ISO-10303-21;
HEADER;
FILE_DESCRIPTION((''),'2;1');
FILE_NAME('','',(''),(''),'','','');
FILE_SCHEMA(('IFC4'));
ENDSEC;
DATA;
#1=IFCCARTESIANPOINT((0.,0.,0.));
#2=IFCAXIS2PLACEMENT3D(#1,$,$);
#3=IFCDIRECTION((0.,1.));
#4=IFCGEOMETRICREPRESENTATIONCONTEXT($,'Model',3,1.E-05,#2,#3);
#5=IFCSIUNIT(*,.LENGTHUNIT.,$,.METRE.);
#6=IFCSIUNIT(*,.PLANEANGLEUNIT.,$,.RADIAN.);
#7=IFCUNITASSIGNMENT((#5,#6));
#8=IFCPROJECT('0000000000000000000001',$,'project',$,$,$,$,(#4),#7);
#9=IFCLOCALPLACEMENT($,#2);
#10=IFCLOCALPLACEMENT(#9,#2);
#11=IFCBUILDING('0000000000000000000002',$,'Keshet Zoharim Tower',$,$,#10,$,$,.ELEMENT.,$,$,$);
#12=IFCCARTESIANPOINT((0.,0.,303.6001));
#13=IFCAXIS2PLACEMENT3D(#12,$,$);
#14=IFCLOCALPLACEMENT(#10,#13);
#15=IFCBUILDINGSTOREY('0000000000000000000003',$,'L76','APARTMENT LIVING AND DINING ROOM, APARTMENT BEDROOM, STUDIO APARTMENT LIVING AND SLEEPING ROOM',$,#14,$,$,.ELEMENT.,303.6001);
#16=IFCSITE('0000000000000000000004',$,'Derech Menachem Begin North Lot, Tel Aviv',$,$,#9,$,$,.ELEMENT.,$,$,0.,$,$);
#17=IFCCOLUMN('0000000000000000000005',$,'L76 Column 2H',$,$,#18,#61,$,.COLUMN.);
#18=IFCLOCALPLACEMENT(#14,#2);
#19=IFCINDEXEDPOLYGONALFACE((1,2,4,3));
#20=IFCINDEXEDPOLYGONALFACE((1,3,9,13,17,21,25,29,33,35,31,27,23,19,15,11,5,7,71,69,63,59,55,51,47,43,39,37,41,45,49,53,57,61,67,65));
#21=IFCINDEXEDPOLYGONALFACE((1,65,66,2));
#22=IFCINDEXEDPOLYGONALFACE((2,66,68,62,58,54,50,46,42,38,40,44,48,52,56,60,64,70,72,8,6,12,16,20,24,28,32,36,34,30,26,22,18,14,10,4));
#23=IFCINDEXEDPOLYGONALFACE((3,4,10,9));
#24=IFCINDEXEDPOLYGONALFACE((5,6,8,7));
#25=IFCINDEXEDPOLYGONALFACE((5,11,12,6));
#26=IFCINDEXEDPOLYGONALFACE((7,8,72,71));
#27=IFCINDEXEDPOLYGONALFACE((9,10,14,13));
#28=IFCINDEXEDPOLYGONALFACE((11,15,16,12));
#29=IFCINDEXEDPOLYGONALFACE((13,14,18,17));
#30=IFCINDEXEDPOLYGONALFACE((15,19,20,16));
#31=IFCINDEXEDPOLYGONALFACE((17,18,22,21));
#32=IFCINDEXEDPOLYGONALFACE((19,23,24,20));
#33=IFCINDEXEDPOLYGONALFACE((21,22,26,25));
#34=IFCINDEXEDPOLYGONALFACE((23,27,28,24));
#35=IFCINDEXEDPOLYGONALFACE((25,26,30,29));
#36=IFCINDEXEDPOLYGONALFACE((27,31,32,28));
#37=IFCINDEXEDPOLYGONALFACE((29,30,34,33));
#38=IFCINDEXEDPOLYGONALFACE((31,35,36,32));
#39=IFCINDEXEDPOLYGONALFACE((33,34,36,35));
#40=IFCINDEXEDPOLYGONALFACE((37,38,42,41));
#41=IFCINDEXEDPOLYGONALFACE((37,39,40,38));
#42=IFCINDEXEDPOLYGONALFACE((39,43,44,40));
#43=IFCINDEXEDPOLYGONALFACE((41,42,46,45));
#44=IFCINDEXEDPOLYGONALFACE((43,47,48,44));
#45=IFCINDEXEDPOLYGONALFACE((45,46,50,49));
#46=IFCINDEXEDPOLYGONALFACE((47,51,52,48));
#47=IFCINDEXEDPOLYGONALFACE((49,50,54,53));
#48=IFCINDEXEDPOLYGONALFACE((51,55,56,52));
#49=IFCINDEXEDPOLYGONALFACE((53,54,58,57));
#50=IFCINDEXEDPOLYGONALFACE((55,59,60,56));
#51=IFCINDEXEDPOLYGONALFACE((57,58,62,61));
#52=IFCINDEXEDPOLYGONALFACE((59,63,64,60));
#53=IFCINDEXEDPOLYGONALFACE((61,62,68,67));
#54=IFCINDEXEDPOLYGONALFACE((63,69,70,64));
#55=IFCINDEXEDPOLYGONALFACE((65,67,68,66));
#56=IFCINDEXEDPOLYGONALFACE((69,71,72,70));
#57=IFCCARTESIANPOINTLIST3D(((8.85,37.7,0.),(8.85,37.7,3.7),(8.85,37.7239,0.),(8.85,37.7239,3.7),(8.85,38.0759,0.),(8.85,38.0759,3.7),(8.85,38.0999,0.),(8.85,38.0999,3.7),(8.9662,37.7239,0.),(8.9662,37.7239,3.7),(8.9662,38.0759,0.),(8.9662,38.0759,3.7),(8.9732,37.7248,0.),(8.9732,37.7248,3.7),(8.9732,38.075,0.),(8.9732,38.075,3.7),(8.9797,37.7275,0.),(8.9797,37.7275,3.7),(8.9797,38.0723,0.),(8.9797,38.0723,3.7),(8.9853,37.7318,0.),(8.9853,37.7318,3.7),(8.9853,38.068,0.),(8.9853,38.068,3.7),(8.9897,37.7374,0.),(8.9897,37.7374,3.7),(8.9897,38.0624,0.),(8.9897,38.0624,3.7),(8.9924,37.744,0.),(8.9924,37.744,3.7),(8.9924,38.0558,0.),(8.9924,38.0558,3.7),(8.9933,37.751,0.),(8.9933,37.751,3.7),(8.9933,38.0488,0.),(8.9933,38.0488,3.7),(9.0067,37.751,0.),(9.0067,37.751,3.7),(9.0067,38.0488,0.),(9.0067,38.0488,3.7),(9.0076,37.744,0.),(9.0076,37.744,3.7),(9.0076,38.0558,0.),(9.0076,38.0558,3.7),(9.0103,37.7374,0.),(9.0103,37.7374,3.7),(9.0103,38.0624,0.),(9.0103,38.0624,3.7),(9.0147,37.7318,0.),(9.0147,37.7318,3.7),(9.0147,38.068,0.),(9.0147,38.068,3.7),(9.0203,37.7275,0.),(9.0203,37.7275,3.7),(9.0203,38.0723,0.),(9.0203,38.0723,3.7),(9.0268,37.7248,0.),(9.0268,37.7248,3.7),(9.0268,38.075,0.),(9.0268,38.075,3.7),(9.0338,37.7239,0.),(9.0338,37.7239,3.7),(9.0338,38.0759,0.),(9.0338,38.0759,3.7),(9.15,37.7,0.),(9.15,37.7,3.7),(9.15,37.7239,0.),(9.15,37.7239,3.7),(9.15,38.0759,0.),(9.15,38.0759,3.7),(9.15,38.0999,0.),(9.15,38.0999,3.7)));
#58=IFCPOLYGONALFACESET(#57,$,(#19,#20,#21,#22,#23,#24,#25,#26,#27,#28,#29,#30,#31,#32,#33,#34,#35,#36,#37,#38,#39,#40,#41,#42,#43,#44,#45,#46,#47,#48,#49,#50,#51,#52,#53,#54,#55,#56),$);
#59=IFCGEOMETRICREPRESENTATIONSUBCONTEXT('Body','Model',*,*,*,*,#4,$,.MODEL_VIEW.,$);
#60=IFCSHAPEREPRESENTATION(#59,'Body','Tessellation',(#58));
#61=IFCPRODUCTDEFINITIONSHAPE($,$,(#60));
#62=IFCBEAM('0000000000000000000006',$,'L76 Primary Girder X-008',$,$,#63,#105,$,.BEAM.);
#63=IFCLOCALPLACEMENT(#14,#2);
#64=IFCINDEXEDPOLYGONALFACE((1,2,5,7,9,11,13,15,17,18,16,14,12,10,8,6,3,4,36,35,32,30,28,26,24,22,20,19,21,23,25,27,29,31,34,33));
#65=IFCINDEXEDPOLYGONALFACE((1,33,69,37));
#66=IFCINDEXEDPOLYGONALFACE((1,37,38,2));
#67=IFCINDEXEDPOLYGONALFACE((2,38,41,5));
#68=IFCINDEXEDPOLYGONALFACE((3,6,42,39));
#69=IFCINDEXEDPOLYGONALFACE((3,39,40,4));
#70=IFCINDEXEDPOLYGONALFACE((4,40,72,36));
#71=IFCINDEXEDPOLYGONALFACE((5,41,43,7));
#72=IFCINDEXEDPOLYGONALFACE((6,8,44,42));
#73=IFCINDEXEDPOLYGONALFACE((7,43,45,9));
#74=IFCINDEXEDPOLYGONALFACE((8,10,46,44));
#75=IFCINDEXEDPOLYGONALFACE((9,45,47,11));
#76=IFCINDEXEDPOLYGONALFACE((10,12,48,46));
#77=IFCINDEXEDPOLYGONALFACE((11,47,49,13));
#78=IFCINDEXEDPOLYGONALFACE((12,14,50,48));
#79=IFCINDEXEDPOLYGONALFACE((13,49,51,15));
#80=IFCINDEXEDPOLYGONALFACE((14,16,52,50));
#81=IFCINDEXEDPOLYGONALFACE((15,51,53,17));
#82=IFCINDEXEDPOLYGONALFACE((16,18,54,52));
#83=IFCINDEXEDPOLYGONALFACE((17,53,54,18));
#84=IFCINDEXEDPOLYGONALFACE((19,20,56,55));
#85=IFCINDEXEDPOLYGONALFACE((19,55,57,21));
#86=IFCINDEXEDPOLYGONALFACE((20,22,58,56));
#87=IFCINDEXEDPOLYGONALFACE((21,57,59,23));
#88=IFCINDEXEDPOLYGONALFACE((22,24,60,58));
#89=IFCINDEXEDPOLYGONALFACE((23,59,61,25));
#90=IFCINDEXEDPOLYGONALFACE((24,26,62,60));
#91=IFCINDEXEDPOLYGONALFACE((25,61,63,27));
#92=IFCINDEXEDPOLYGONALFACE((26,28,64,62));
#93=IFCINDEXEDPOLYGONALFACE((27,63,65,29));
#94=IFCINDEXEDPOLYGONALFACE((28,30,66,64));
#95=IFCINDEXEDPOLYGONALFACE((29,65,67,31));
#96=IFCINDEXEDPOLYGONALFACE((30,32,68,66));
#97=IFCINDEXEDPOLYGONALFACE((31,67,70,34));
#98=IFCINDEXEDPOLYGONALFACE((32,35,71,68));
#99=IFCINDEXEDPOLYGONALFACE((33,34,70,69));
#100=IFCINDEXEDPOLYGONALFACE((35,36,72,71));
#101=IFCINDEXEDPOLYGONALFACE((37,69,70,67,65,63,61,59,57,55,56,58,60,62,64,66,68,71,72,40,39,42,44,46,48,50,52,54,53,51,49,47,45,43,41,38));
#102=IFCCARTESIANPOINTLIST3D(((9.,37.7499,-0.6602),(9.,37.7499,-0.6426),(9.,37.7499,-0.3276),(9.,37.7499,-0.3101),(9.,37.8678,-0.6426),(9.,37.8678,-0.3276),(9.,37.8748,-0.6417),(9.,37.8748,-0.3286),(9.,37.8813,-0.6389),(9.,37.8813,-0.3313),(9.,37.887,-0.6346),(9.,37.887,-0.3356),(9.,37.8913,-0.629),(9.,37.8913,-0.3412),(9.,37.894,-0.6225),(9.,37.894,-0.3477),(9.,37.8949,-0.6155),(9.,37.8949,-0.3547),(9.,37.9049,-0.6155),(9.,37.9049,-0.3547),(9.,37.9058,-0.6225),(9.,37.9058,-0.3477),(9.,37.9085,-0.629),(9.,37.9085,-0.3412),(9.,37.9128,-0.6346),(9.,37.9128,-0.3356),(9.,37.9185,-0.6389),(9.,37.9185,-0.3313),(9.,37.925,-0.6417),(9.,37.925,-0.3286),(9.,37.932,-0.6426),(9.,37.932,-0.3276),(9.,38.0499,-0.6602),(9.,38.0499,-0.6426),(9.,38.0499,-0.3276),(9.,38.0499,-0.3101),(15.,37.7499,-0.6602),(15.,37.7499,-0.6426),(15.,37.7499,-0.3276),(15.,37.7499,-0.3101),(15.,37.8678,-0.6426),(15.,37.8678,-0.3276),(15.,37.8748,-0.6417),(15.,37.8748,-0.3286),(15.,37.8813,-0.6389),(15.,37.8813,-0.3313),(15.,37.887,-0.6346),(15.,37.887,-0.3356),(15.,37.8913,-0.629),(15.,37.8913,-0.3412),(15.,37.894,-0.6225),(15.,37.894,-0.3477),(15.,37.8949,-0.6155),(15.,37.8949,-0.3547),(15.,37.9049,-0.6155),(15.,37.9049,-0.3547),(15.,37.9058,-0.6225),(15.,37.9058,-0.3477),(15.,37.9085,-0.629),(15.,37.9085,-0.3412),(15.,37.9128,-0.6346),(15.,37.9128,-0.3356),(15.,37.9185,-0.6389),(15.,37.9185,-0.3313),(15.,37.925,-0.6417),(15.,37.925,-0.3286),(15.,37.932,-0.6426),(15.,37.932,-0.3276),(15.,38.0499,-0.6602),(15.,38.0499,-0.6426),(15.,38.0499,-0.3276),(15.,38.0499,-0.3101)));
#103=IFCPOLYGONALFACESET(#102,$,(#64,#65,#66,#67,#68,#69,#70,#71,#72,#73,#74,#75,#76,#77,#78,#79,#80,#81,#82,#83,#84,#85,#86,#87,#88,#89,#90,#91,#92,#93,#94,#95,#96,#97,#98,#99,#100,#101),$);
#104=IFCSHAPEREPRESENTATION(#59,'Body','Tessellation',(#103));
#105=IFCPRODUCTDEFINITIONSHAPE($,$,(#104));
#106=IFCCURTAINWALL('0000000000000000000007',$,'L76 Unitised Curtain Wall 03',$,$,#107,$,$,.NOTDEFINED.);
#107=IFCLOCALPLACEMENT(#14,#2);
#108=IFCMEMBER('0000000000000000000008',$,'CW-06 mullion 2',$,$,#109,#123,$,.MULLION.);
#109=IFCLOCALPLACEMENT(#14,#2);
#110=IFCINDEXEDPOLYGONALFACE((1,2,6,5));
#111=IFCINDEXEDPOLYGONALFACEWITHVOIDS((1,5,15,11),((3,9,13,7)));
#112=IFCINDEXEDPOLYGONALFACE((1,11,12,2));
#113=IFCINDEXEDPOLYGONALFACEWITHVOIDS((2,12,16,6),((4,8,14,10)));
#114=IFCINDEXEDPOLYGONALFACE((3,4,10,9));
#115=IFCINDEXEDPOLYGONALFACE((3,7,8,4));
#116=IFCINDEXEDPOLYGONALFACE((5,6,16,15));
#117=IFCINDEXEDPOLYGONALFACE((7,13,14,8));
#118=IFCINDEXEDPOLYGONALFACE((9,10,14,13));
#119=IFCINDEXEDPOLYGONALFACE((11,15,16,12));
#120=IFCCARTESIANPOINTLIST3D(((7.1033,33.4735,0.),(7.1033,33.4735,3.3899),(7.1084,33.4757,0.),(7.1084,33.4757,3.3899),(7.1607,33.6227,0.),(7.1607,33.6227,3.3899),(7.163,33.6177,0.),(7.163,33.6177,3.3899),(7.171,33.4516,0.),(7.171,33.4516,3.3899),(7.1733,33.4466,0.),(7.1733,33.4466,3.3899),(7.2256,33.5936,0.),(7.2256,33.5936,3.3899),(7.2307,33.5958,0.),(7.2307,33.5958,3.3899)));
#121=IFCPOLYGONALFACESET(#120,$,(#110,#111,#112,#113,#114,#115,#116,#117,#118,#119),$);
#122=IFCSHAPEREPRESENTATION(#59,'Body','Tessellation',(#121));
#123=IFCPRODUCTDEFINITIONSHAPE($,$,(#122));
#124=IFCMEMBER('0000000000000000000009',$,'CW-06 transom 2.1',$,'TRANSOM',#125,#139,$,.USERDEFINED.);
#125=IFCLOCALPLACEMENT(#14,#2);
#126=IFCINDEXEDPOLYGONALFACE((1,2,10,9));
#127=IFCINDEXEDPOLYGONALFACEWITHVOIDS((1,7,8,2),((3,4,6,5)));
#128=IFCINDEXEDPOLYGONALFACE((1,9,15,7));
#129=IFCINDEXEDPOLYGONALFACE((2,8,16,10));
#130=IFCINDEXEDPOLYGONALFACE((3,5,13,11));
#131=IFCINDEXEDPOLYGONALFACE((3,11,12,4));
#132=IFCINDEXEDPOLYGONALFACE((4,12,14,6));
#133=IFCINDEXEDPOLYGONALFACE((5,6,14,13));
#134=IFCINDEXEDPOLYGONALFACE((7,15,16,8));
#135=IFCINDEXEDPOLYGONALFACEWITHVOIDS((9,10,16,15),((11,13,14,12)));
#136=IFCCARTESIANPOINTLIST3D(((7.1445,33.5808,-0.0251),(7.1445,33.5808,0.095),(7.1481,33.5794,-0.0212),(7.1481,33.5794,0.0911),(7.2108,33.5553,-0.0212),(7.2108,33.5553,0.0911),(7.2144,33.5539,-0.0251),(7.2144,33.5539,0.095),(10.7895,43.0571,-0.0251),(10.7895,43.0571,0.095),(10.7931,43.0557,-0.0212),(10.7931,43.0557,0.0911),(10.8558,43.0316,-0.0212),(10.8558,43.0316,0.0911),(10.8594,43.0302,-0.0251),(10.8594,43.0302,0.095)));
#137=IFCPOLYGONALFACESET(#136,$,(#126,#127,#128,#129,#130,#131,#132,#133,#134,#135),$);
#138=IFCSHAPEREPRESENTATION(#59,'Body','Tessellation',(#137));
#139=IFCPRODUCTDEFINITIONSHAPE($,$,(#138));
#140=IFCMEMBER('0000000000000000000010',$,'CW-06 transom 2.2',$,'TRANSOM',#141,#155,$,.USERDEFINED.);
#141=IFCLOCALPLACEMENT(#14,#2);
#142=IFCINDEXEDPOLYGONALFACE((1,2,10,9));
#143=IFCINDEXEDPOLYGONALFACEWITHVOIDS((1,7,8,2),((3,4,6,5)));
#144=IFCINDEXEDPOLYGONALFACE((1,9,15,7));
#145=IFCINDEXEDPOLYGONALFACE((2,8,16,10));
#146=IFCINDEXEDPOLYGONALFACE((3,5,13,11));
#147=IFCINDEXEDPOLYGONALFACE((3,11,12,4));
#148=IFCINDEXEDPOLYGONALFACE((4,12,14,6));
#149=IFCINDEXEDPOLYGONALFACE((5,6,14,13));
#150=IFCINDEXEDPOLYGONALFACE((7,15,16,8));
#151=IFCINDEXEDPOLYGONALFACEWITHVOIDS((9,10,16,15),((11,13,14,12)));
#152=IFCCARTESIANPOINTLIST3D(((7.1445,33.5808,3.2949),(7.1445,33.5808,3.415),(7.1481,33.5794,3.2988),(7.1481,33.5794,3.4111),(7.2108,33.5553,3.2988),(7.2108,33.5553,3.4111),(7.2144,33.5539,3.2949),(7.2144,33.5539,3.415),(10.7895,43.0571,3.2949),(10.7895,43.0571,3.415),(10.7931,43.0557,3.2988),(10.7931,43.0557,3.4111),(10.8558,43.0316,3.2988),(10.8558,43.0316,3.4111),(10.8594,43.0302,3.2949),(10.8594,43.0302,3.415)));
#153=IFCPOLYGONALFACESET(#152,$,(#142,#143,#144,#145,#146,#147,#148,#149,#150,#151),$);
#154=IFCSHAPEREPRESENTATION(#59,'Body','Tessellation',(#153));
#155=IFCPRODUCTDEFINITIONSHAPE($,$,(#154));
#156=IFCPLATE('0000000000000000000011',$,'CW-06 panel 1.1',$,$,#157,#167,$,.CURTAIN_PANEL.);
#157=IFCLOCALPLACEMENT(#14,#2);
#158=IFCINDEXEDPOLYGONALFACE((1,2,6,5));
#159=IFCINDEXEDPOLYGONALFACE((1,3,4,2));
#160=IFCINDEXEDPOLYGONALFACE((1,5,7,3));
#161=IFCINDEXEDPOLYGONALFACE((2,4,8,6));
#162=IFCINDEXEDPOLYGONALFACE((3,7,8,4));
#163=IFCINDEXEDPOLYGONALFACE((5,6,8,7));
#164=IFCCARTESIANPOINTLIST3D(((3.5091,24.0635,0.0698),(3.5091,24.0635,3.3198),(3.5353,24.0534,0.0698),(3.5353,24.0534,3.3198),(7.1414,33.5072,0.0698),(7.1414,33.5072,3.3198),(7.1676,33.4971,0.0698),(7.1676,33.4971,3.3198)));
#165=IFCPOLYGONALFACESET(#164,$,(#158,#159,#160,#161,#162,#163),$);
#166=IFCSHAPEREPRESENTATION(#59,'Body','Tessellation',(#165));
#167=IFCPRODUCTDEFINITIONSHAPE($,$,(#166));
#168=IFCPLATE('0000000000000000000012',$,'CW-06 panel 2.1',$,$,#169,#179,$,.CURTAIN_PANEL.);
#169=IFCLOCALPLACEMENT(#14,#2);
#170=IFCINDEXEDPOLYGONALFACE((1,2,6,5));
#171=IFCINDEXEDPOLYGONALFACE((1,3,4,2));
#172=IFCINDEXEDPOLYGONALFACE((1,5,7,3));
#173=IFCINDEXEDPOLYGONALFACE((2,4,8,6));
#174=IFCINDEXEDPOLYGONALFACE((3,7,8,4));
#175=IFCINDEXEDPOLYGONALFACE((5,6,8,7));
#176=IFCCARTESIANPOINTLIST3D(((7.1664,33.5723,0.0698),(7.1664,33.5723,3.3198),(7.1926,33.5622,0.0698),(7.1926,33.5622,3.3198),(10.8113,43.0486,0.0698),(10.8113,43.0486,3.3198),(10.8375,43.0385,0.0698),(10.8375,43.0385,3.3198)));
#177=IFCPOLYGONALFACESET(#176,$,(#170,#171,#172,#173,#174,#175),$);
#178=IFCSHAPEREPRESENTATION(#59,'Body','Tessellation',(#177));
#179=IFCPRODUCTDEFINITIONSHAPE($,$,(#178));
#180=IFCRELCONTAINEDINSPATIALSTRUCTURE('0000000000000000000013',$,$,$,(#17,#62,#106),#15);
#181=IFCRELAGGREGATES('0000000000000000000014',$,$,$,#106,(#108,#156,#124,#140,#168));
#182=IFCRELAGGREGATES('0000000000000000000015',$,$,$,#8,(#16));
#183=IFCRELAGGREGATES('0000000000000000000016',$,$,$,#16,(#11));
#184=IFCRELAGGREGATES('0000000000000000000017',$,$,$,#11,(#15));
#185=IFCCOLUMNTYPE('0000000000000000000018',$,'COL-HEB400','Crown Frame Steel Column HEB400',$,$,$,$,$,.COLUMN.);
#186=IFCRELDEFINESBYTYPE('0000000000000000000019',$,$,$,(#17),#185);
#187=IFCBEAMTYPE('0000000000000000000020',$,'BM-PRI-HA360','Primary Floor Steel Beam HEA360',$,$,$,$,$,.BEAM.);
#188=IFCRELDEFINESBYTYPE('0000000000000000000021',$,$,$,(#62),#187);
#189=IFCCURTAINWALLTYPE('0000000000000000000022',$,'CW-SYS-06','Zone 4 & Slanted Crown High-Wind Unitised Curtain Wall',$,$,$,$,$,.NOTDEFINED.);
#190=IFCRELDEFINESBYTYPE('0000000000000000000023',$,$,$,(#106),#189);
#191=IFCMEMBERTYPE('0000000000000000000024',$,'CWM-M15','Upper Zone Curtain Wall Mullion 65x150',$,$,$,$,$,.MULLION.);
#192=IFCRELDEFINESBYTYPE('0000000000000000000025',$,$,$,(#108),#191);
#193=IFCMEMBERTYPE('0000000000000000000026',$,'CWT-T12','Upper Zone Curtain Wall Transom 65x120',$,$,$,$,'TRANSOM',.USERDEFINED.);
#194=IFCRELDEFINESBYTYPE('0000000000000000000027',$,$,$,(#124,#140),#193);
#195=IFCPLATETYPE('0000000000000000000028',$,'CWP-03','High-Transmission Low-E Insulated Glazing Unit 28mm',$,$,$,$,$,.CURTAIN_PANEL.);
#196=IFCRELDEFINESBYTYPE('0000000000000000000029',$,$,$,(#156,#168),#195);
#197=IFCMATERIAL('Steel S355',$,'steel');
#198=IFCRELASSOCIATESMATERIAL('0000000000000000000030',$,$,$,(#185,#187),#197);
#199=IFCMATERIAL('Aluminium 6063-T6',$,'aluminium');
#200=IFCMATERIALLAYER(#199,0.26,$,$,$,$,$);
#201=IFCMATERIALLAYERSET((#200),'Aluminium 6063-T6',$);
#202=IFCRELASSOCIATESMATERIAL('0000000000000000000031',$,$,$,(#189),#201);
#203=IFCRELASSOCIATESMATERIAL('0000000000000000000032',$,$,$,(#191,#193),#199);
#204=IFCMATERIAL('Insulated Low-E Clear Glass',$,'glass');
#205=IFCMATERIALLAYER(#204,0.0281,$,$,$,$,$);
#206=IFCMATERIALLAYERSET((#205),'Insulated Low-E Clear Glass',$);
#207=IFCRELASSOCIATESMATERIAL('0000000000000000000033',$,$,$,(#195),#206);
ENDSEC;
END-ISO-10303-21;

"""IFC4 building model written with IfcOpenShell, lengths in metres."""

from ifc_helpers import new_model, si_unit, direction, frame, origin, origin_2d, place, context, subcontext, project, spatial, rectangle, hollow_rectangle, i_section, extrude, material, layer, layer_set, material_profile, profile_set, type_object, element, aggregate, save


model = new_model("IFC4")

# Units and contexts
model_context = context("Model", 3, precision=1e-05, world=origin(), true_north=direction((0.0, 1.0)))
body_context = subcontext(model_context, "Body", "Model", "MODEL_VIEW")
ifc_project = project(units=[si_unit("LENGTHUNIT", "METRE"), si_unit("PLANEANGLEUNIT", "RADIAN")], contexts=[model_context])

# Site, building, storey
site_placement = place(None, origin())
site = spatial("IfcSite", under=ifc_project, at=site_placement, Name="Derech Menachem Begin North Lot, Tel Aviv", CompositionType="ELEMENT", RefElevation=0.0)
building_placement = place(site_placement, origin())
building = spatial("IfcBuilding", under=site, at=building_placement, Name="Keshet Zoharim Tower", CompositionType="ELEMENT")
storey_placement = place(building_placement, frame((0.0, 0.0, 303.6001)))
storey = spatial("IfcBuildingStorey", under=building, at=storey_placement, Name="L76", Description="APARTMENT LIVING AND DINING ROOM, APARTMENT BEDROOM, STUDIO APARTMENT LIVING AND SLEEPING ROOM", CompositionType="ELEMENT", Elevation=303.6001)

# Column
ifc_material_1 = material(Name="Steel S355", Category="steel")
ifc_material_profile_1 = material_profile(ifc_material_1, i_section(OverallWidth=0.3, OverallDepth=0.3999, WebThickness=0.0134, FlangeThickness=0.0239, FilletRadius=0.0271, at=origin_2d()), Name="HEB400")
ifc_profile_set_1 = profile_set([ifc_material_profile_1], Name="Steel S355")
column_type = type_object("IfcColumnType", Name="COL-HEB400", Description="Crown Frame Steel Column HEB400", PredefinedType="COLUMN", material=ifc_profile_set_1)
column_placement = place(storey_placement, frame((9.0, 37.8999, 0.0), z_axis=(0.0, 0.0, 1.0), x_axis=(1.0, 0.0, 0.0)))
element("IfcColumn", 1, at=column_placement, inside=storey, type_object=column_type, Name="L76 Column 2H", PredefinedType="COLUMN", context=body_context, shape_type="SweptSolid", body=[
    extrude(i_section(OverallWidth=0.3, OverallDepth=0.3999, WebThickness=0.0134, FlangeThickness=0.0239, FilletRadius=0.0271, at=origin_2d()), origin(), (0.0, 0.0, 1.0), 3.7),
])

# Beam
ifc_material_profile_2 = material_profile(ifc_material_1, i_section(OverallWidth=0.3, OverallDepth=0.3501, WebThickness=0.01, FlangeThickness=0.0176, FilletRadius=0.0271, at=origin_2d()), Name="HEA360")
ifc_profile_set_2 = profile_set([ifc_material_profile_2], Name="Steel S355")
beam_type = type_object("IfcBeamType", Name="BM-PRI-HA360", Description="Primary Floor Steel Beam HEA360", PredefinedType="BEAM", material=ifc_profile_set_2)
beam_placement = place(storey_placement, frame((9.0, 37.8999, -0.4851), z_axis=(1.0, 0.0, 0.0), x_axis=(0.0, 1.0, 0.0)))
element("IfcBeam", 2, at=beam_placement, inside=storey, type_object=beam_type, Name="L76 Primary Girder X-008", PredefinedType="BEAM", context=body_context, shape_type="SweptSolid", body=[
    extrude(i_section(OverallWidth=0.3, OverallDepth=0.3501, WebThickness=0.01, FlangeThickness=0.0176, FilletRadius=0.0271, at=origin_2d()), origin(), (0.0, 0.0, 1.0), 6.0),
])

# Curtain wall, members, plates
ifc_material_2 = material(Name="Aluminium 6063-T6", Category="aluminium")
ifc_layer_1 = layer(ifc_material_2, 0.26)
ifc_layer_set_1 = layer_set([ifc_layer_1], Name="Aluminium 6063-T6")
curtain_wall_type = type_object("IfcCurtainWallType", Name="CW-SYS-06", Description="Zone 4 & Slanted Crown High-Wind Unitised Curtain Wall", PredefinedType="NOTDEFINED", material=ifc_layer_set_1)
curtain_wall_placement = place(storey_placement, origin())
curtain_wall = element("IfcCurtainWall", 3, at=curtain_wall_placement, inside=storey, type_object=curtain_wall_type, Name="L76 Unitised Curtain Wall 03", PredefinedType="NOTDEFINED")
ifc_material_profile_3 = material_profile(ifc_material_2, hollow_rectangle(XDim=0.075, YDim=0.1599, WallThickness=0.0039, at=origin_2d()), Name="MUL-75x160")
ifc_profile_set_3 = profile_set([ifc_material_profile_3], Name="Aluminium 6063-T6")
member_type_1 = type_object("IfcMemberType", Name="CWM-M15", Description="Upper Zone Curtain Wall Mullion 65x150", PredefinedType="MULLION", material=ifc_profile_set_3)
member_1_placement = place(storey_placement, frame((7.167, 33.5347, 0.0), z_axis=(0.0, 0.0, 1.0), x_axis=(-0.933341, 0.35899, 0.0)))
member_1 = element("IfcMember", 4, at=member_1_placement, type_object=member_type_1, Name="CW-06 mullion 2", PredefinedType="MULLION", context=body_context, shape_type="SweptSolid", body=[
    extrude(hollow_rectangle(XDim=0.075, YDim=0.1599, WallThickness=0.0039, at=origin_2d()), origin(), (0.0, 0.0, 1.0), 3.3899),
])
ifc_material_profile_4 = material_profile(ifc_material_2, hollow_rectangle(XDim=0.075, YDim=0.1201, WallThickness=0.0039, at=origin_2d()), Name="TRN-75x120")
ifc_profile_set_4 = profile_set([ifc_material_profile_4], Name="Aluminium 6063-T6")
member_type_2 = type_object("IfcMemberType", Name="CWT-T12", Description="Upper Zone Curtain Wall Transom 65x120", ElementType="TRANSOM", PredefinedType="USERDEFINED", material=ifc_profile_set_4)
member_2_placement = place(storey_placement, frame((7.1794, 33.5674, 0.0349), z_axis=(0.359003, 0.933336, 0.0), x_axis=(-0.933336, 0.359003, 0.0)))
member_2 = element("IfcMember", 5, at=member_2_placement, type_object=member_type_2, Name="CW-06 transom 2.1", ObjectType="TRANSOM", PredefinedType="USERDEFINED", context=body_context, shape_type="SweptSolid", body=[
    extrude(hollow_rectangle(XDim=0.075, YDim=0.1201, WallThickness=0.0039, at=origin_2d()), origin(), (0.0, 0.0, 1.0), 10.1531),
])
member_3_placement = place(storey_placement, frame((7.1794, 33.5674, 3.355), z_axis=(0.359003, 0.933336, 0.0), x_axis=(-0.933336, 0.359003, 0.0)))
member_3 = element("IfcMember", 6, at=member_3_placement, type_object=member_type_2, Name="CW-06 transom 2.2", ObjectType="TRANSOM", PredefinedType="USERDEFINED", context=body_context, shape_type="SweptSolid", body=[
    extrude(hollow_rectangle(XDim=0.075, YDim=0.1201, WallThickness=0.0039, at=origin_2d()), origin(), (0.0, 0.0, 1.0), 10.1531),
])
ifc_material_3 = material(Name="Insulated Low-E Clear Glass", Category="glass")
ifc_layer_2 = layer(ifc_material_3, 0.0281)
ifc_layer_set_2 = layer_set([ifc_layer_2], Name="Insulated Low-E Clear Glass")
plate_type = type_object("IfcPlateType", Name="CWP-03", Description="High-Transmission Low-E Insulated Glazing Unit 28mm", PredefinedType="CURTAIN_PANEL", material=ifc_layer_set_2)
plate_1_placement = place(storey_placement, frame((5.3384, 28.7803, 0.0698), z_axis=(0.0, 0.0, 1.0), x_axis=(0.35899, 0.933341, 0.0)))
plate_1 = element("IfcPlate", 7, at=plate_1_placement, type_object=plate_type, Name="CW-06 panel 1.1", PredefinedType="CURTAIN_PANEL", context=body_context, shape_type="SweptSolid", body=[
    extrude(rectangle(XDim=10.1182, YDim=0.0281, at=origin_2d()), origin(), (0.0, 0.0, 1.0), 3.25),
])
plate_2_placement = place(storey_placement, frame((9.002, 38.3054, 0.0698), z_axis=(0.0, 0.0, 1.0), x_axis=(0.35899, 0.933341, 0.0)))
plate_2 = element("IfcPlate", 8, at=plate_2_placement, type_object=plate_type, Name="CW-06 panel 2.1", PredefinedType="CURTAIN_PANEL", context=body_context, shape_type="SweptSolid", body=[
    extrude(rectangle(XDim=10.1531, YDim=0.0281, at=origin_2d()), origin(), (0.0, 0.0, 1.0), 3.25),
])
aggregate(curtain_wall, [member_1, plate_1, member_2, member_3, plate_2])

save(model, "model.ifc")
